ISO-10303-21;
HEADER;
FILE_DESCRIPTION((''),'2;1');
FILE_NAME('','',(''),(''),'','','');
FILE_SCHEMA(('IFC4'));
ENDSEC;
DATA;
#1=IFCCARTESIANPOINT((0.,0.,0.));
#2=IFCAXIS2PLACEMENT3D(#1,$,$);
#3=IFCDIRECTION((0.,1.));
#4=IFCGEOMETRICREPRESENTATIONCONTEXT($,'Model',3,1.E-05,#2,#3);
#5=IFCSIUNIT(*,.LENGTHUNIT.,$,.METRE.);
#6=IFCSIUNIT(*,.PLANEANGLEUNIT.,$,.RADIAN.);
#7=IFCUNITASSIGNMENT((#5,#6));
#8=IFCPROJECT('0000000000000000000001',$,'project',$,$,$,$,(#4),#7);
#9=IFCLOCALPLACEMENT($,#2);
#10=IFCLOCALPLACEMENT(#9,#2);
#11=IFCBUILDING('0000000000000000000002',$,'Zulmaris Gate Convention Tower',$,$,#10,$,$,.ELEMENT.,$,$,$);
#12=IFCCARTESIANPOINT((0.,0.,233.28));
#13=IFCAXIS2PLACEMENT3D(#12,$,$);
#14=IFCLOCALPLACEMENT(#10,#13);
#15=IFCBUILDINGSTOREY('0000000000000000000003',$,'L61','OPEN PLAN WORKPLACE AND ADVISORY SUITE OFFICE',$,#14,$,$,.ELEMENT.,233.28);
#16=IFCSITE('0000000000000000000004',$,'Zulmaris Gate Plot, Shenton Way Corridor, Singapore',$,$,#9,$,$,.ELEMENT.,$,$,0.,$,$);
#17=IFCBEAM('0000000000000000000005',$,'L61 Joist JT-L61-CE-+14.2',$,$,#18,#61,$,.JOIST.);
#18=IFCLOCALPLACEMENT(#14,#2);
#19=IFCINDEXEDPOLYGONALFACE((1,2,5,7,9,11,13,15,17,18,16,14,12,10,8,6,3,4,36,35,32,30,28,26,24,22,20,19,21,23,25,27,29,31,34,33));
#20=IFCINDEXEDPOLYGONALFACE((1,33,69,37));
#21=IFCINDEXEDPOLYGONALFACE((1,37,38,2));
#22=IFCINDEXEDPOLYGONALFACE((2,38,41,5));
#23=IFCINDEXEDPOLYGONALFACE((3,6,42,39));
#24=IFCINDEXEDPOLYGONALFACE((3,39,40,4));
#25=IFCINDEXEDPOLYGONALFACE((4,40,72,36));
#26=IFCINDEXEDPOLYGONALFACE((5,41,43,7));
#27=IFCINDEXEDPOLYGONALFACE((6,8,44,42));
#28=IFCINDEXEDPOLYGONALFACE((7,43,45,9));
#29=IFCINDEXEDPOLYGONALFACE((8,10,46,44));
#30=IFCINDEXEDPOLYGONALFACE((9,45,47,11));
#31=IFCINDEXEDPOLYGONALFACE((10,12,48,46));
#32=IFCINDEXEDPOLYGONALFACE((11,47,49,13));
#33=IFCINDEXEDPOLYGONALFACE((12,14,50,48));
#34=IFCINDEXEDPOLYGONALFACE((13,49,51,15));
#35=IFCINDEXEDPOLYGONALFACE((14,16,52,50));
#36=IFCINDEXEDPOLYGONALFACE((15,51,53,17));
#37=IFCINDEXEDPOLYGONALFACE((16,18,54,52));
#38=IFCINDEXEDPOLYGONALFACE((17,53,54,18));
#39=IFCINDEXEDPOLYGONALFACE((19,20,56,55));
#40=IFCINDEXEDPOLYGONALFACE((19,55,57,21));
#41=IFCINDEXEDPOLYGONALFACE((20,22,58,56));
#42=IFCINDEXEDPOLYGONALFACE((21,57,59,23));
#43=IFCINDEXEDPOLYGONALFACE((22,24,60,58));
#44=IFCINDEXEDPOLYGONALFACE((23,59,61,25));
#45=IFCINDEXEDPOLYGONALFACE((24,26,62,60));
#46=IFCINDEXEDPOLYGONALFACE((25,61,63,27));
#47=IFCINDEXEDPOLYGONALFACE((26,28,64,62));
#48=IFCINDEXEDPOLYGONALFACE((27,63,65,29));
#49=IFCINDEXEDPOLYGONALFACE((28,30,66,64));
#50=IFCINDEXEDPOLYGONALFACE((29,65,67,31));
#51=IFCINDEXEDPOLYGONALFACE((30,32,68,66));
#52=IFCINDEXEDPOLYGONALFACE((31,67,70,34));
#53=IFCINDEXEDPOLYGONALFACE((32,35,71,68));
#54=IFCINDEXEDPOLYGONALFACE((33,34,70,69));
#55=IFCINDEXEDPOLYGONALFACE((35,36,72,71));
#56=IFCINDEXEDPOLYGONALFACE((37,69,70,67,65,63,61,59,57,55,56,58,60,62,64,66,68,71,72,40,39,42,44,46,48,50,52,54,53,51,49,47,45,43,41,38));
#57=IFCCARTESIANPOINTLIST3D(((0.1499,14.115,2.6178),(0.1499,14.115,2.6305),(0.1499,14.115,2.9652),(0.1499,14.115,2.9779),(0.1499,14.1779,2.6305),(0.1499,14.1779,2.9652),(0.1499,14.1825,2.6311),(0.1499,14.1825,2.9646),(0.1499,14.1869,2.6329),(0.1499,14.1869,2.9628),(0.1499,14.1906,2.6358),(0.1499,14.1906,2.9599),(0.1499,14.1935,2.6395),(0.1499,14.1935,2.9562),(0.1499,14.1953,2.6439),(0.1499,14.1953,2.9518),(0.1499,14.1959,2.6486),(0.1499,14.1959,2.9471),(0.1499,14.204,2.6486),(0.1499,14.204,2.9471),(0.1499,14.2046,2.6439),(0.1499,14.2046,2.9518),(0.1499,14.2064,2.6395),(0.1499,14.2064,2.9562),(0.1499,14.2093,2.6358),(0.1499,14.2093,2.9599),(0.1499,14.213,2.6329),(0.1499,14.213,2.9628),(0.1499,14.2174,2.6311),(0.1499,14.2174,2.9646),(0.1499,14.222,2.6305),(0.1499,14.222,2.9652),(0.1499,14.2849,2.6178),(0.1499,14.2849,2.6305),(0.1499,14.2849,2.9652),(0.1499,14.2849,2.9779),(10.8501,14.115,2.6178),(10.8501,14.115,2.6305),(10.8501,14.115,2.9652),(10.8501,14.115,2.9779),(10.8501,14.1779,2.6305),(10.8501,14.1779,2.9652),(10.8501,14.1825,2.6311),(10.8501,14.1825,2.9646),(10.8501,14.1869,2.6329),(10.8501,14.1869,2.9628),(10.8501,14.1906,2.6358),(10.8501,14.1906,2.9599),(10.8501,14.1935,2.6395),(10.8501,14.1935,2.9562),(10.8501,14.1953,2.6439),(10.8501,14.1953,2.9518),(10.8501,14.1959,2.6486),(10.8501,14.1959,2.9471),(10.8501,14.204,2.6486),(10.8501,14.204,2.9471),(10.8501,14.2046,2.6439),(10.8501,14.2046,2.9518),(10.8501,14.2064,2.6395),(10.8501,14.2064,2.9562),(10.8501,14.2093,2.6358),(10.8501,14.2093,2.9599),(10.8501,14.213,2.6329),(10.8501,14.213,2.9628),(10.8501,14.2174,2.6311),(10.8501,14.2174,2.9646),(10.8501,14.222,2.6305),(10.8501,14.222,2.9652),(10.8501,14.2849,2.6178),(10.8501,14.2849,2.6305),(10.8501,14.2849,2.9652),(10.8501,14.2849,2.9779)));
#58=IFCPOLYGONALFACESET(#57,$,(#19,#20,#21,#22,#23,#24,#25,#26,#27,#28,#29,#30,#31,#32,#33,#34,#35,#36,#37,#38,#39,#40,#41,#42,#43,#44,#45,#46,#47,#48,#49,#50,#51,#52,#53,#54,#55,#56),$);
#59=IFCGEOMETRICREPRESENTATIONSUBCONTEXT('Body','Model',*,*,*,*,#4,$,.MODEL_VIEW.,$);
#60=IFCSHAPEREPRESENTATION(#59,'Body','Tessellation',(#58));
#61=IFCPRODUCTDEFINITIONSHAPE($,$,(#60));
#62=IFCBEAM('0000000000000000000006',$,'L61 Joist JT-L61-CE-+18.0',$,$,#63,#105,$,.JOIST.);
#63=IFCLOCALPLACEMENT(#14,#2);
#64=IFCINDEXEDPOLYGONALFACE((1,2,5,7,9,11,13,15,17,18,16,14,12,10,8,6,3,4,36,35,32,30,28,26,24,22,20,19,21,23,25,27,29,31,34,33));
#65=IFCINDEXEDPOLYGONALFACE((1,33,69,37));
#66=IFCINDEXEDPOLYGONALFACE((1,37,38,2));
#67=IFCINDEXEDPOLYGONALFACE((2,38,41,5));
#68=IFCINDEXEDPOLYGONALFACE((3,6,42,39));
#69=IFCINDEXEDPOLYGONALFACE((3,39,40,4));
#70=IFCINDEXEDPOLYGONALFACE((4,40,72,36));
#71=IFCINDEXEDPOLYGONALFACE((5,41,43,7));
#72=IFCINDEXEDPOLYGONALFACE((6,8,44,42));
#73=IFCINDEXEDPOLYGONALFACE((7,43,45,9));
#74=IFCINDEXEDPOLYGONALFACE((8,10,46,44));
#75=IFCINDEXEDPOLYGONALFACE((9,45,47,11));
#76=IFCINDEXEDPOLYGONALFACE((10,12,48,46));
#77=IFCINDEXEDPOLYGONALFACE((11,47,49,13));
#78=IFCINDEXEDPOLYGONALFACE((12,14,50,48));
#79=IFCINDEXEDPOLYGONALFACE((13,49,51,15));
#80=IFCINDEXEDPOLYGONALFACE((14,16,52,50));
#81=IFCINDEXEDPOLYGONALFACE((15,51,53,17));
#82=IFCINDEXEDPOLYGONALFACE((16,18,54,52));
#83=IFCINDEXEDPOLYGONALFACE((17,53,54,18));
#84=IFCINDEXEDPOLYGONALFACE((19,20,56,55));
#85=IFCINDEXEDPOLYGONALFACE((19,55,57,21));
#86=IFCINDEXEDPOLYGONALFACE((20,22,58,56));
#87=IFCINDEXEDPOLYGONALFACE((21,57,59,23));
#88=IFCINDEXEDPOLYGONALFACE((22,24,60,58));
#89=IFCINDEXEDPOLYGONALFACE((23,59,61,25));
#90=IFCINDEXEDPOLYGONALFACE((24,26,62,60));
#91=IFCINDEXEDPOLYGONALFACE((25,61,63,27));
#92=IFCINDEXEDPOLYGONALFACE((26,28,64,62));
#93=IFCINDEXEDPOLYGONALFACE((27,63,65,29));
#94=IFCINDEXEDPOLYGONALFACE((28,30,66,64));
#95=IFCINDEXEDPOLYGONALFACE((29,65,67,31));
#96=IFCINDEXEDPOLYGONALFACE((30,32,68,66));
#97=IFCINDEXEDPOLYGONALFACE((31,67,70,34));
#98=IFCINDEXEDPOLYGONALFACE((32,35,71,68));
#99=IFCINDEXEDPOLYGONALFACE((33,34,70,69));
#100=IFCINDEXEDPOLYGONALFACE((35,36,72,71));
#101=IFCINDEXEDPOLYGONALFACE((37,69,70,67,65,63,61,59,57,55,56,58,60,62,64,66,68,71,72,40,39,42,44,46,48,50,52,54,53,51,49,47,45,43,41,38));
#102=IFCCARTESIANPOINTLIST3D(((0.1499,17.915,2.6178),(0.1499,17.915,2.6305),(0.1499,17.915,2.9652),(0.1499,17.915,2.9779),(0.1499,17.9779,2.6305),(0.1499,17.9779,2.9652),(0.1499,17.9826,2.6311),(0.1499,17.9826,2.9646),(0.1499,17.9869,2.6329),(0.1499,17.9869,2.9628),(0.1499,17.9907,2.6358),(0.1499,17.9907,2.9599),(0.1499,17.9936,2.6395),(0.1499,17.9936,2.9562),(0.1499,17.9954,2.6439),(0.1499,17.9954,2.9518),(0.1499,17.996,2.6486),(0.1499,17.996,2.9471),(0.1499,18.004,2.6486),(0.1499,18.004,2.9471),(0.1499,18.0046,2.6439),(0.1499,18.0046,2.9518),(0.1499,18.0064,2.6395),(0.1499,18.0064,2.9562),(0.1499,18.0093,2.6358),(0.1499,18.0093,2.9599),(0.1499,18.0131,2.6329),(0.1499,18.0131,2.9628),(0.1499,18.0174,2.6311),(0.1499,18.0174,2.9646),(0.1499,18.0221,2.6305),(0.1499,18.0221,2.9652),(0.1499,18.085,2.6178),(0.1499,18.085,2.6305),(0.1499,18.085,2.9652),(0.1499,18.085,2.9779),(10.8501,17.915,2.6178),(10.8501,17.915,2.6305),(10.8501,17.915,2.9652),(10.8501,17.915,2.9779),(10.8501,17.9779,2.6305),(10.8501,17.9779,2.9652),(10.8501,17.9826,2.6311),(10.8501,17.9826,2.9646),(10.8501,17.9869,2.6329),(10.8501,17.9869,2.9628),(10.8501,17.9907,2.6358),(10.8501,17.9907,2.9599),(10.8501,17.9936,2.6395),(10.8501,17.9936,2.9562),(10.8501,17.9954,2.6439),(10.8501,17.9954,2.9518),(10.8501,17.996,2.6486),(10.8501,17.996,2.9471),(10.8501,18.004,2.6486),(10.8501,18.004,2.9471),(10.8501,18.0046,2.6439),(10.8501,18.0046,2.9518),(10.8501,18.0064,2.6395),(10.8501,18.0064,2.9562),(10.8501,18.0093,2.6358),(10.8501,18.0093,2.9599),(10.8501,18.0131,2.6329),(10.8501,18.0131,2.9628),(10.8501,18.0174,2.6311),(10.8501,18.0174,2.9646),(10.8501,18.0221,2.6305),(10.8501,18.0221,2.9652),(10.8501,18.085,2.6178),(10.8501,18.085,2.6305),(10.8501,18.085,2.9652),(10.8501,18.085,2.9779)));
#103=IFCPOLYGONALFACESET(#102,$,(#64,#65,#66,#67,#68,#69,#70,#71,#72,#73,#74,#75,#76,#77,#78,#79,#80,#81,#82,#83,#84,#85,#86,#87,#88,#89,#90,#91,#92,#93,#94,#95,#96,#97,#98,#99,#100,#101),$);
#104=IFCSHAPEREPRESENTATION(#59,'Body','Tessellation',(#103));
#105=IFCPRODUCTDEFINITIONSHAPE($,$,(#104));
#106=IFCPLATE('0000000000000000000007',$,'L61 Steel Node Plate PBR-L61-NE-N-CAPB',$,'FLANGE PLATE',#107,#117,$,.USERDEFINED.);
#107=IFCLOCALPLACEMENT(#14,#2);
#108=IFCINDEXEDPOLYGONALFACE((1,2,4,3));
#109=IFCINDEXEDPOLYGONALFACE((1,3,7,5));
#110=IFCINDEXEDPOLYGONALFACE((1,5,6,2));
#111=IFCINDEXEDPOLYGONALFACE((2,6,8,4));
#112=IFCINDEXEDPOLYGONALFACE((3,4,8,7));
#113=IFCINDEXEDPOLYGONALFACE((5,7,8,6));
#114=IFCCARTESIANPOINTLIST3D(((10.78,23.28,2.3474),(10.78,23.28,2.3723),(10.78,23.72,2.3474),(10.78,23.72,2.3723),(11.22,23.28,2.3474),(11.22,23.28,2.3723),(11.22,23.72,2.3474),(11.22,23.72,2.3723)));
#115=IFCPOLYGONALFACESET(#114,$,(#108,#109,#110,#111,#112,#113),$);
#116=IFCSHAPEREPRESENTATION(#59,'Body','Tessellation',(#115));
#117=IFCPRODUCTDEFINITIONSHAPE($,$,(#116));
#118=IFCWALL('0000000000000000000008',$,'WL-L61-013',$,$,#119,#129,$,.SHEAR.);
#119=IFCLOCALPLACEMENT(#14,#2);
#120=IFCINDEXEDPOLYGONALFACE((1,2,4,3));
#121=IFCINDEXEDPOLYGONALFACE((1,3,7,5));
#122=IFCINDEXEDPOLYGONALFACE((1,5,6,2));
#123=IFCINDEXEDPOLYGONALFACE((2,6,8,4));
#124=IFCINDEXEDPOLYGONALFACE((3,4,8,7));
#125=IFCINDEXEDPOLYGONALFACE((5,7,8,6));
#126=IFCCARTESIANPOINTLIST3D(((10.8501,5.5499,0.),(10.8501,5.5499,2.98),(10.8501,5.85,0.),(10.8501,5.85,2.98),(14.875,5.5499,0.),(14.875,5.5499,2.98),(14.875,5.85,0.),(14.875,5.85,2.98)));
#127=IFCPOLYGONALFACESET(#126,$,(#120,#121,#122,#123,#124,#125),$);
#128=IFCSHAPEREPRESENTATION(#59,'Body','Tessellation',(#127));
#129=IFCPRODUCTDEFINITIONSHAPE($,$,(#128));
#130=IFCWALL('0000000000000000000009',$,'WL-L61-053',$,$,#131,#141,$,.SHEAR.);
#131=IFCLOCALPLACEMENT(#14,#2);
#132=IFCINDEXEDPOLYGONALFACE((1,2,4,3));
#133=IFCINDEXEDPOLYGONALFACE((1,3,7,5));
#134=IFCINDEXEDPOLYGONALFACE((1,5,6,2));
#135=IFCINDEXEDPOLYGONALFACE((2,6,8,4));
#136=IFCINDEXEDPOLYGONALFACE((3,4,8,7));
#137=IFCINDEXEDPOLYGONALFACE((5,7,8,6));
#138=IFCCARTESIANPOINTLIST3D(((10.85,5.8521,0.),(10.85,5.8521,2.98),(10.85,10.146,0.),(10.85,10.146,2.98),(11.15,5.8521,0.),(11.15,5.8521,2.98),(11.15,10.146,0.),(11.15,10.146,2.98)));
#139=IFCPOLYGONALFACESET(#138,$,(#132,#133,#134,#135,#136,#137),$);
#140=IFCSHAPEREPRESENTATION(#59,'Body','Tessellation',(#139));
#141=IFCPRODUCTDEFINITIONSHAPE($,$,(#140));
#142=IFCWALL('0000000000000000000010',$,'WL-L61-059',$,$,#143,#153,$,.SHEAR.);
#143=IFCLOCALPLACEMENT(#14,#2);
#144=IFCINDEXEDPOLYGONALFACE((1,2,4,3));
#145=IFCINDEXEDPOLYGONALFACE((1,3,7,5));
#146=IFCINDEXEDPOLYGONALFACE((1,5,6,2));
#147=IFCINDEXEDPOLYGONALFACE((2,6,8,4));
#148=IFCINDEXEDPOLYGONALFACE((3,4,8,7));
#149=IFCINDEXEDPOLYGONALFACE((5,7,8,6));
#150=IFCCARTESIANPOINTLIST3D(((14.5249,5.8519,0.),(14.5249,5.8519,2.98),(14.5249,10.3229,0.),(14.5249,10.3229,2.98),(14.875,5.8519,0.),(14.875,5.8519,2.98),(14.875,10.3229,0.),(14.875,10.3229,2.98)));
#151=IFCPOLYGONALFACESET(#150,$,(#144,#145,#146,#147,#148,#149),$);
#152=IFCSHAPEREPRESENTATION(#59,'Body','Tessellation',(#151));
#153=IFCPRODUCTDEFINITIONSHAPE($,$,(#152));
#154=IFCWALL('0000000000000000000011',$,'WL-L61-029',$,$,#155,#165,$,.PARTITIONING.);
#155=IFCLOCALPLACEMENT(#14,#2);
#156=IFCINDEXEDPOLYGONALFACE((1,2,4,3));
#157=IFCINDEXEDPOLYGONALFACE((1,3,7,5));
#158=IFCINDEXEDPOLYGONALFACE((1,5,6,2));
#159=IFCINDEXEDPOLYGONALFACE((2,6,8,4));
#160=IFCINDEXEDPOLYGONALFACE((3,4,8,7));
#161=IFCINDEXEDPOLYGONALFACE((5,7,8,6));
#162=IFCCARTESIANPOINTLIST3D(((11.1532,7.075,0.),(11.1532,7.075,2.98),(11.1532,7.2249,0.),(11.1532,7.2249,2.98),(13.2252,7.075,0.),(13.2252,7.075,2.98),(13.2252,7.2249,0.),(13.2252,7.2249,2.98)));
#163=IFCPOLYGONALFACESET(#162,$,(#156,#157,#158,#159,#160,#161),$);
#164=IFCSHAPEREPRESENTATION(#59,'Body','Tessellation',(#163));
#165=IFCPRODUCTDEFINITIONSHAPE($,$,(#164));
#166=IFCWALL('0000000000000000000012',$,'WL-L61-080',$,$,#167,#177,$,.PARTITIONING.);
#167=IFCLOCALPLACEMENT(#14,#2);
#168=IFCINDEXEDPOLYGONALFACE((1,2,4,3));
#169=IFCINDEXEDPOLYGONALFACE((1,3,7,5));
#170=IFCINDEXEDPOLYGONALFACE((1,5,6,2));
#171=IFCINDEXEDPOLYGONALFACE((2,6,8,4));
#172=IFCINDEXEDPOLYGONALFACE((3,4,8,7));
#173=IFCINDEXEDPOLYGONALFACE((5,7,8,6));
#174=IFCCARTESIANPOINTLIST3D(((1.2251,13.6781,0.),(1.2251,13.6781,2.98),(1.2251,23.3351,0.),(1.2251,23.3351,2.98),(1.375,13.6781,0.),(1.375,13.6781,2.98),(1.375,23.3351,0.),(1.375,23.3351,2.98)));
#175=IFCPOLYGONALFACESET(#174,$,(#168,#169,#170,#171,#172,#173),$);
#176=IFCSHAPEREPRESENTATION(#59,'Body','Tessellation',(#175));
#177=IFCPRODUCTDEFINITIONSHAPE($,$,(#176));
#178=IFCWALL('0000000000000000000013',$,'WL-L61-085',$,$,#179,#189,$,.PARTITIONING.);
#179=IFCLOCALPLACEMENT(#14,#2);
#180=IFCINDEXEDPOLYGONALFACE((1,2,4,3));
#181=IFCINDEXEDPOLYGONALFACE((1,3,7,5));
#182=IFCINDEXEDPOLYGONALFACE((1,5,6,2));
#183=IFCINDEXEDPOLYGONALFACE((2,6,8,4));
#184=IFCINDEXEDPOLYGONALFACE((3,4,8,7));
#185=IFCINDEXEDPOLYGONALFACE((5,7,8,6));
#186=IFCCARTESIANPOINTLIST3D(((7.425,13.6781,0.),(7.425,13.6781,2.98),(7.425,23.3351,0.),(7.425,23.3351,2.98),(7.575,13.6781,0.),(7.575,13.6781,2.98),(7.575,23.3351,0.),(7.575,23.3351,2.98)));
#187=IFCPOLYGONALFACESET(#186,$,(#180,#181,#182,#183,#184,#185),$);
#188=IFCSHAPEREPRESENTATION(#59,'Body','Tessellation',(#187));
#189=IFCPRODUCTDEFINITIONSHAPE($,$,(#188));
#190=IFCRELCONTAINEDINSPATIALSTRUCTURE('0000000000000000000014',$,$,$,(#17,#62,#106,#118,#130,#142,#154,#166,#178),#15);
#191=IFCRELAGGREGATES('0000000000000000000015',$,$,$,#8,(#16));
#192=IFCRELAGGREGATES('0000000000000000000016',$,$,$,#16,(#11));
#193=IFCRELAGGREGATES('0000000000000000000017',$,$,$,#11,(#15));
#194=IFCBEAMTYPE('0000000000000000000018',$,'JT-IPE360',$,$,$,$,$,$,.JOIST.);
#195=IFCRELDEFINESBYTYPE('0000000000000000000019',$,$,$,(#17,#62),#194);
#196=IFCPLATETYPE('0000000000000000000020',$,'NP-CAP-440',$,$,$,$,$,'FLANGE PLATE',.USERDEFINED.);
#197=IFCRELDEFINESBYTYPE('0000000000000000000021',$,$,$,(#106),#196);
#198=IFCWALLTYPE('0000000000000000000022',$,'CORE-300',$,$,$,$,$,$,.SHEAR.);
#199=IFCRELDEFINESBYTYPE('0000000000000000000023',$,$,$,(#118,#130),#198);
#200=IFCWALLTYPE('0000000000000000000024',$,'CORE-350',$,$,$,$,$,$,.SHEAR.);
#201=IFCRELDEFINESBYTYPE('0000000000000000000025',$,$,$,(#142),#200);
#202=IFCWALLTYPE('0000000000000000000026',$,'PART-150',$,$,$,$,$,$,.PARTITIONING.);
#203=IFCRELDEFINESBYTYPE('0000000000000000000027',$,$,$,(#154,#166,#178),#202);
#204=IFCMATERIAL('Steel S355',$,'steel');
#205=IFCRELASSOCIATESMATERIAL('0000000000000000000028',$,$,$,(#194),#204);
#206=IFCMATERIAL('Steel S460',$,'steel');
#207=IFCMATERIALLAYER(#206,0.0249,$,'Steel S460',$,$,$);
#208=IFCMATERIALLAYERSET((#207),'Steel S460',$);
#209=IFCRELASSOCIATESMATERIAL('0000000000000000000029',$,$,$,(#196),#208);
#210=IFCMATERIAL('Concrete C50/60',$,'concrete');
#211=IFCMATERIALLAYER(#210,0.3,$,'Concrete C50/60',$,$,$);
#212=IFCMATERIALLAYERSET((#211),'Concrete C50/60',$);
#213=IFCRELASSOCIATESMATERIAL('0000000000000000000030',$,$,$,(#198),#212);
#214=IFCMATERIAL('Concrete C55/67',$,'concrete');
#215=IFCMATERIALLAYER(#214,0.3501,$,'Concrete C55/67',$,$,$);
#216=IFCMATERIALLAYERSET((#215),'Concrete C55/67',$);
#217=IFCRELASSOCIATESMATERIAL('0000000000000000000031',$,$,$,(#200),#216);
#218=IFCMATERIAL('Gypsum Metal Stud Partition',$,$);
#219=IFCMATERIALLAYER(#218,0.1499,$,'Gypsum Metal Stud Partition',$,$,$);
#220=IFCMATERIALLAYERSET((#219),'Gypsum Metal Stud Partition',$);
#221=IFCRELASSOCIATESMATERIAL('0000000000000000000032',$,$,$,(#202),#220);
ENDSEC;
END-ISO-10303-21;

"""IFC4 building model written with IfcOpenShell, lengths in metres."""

from ifc_helpers import new_model, si_unit, direction, frame, frame_2d, origin, origin_2d, place, context, subcontext, project, spatial, rectangle, i_section, extrude, material, layer, layer_set, material_profile, profile_set, type_object, element, save


model = new_model("IFC4")

# Units and contexts
model_context = context("Model", 3, precision=1e-05, world=origin(), true_north=direction((0.0, 1.0)))
body_context = subcontext(model_context, "Body", "Model", "MODEL_VIEW")
ifc_project = project(units=[si_unit("LENGTHUNIT", "METRE"), si_unit("PLANEANGLEUNIT", "RADIAN")], contexts=[model_context])

# Site, building, storey
site_placement = place(None, origin())
site = spatial("IfcSite", under=ifc_project, at=site_placement, Name="Zulmaris Gate Plot, Shenton Way Corridor, Singapore", CompositionType="ELEMENT", RefElevation=0.0)
building_placement = place(site_placement, origin())
building = spatial("IfcBuilding", under=site, at=building_placement, Name="Zulmaris Gate Convention Tower", CompositionType="ELEMENT")
storey_placement = place(building_placement, frame((0.0, 0.0, 233.28)))
storey = spatial("IfcBuildingStorey", under=building, at=storey_placement, Name="L61", Description="OPEN PLAN WORKPLACE AND ADVISORY SUITE OFFICE", CompositionType="ELEMENT", Elevation=233.28)

# Shared definitions
ifc_material_1 = material(Name="Concrete C50/60", Category="concrete")

# Beams
ifc_material_2 = material(Name="Steel S355", Category="steel")
ifc_material_profile_1 = material_profile(ifc_material_2, i_section(OverallWidth=0.1699, OverallDepth=0.3601, WebThickness=0.0081, FlangeThickness=0.0127, FilletRadius=0.0181, at=origin_2d()), Name="IPE 360")
ifc_profile_set_1 = profile_set([ifc_material_profile_1], Name="Steel S355")
beam_type_1 = type_object("IfcBeamType", Name="JT-IPE360", PredefinedType="JOIST", material=ifc_profile_set_1)
for number, where, z_axis, x_axis, name in (
    (1, (0.1499, 14.2, 2.7979), (1.0, 0.0, 0.0), (0.0, 1.0, 0.0), "L61 Joist JT-L61-CE-+14.2"),
    (2, (0.1499, 18.0, 2.7979), (1.0, 0.0, 0.0), (0.0, 1.0, 0.0), "L61 Joist JT-L61-CE-+18.0"),
):
    element("IfcBeam", number, at=place(storey_placement, frame(where, z_axis=z_axis, x_axis=x_axis)), inside=storey, type_object=beam_type_1, Name=name, PredefinedType="JOIST", context=body_context, shape_type="SweptSolid", body=[
        extrude(i_section(OverallWidth=0.1699, OverallDepth=0.3601, WebThickness=0.0081, FlangeThickness=0.0127, FilletRadius=0.0181, at=origin_2d()), origin(), (0.0, 0.0, 1.0), 10.7002),
    ])

# Plate
ifc_material_3 = material(Name="Steel S460", Category="steel")
ifc_layer_1 = layer(ifc_material_3, 0.0249, Name="Steel S460")
ifc_layer_set_1 = layer_set([ifc_layer_1], Name="Steel S460")
plate_type = type_object("IfcPlateType", Name="NP-CAP-440", ElementType="FLANGE PLATE", PredefinedType="USERDEFINED", material=ifc_layer_set_1)
plate_placement = place(storey_placement, frame((11.0, 23.5, 2.3474), z_axis=(0.0, 0.0, 1.0), x_axis=(1.0, 0.0, 0.0)))
element("IfcPlate", 3, at=plate_placement, inside=storey, type_object=plate_type, Name="L61 Steel Node Plate PBR-L61-NE-N-CAPB", ObjectType="FLANGE PLATE", PredefinedType="USERDEFINED", context=body_context, shape_type="SweptSolid", body=[
    extrude(rectangle(XDim=0.4399, YDim=0.4399, at=origin_2d()), origin(), (0.0, 0.0, 1.0), 0.0249),
])

# Wall
ifc_layer_2 = layer(ifc_material_1, 0.3, Name="Concrete C50/60")
ifc_layer_set_2 = layer_set([ifc_layer_2], Name="Concrete C50/60")
wall_type_1 = type_object("IfcWallType", Name="CORE-300", PredefinedType="SHEAR", material=ifc_layer_set_2)
wall_1_placement = place(storey_placement, frame((10.8501, 5.7, 0.0), z_axis=(0.0, 0.0, 1.0), x_axis=(1.0, 0.0, 0.0)))
element("IfcWall", 4, at=wall_1_placement, inside=storey, type_object=wall_type_1, Name="WL-L61-013", PredefinedType="SHEAR", context=body_context, shape_type="SweptSolid", body=[
    extrude(rectangle(XDim=4.0249, YDim=0.3, at=frame_2d((2.0125, 0.0))), origin(), (0.0, 0.0, 1.0), 2.98),
])

# Walls
wall_2_placement = place(storey_placement, frame((11.0, 5.8521, 0.0), z_axis=(0.0, 0.0, 1.0), x_axis=(0.0, 1.0, 0.0)))
element("IfcWall", 5, at=wall_2_placement, inside=storey, type_object=wall_type_1, Name="WL-L61-053", PredefinedType="SHEAR", context=body_context, shape_type="SweptSolid", body=[
    extrude(rectangle(XDim=4.2939, YDim=0.3, at=frame_2d((2.147, 0.0))), origin(), (0.0, 0.0, 1.0), 2.98),
])
ifc_material_4 = material(Name="Concrete C55/67", Category="concrete")
ifc_layer_3 = layer(ifc_material_4, 0.3501, Name="Concrete C55/67")
ifc_layer_set_3 = layer_set([ifc_layer_3], Name="Concrete C55/67")
wall_type_2 = type_object("IfcWallType", Name="CORE-350", PredefinedType="SHEAR", material=ifc_layer_set_3)
wall_3_placement = place(storey_placement, frame((14.7, 5.8521, 0.0), z_axis=(0.0, 0.0, 1.0), x_axis=(0.0, 1.0, 0.0)))
element("IfcWall", 6, at=wall_3_placement, inside=storey, type_object=wall_type_2, Name="WL-L61-059", PredefinedType="SHEAR", context=body_context, shape_type="SweptSolid", body=[
    extrude(rectangle(XDim=4.4709, YDim=0.3501, at=frame_2d((2.2354, 0.0))), origin(), (0.0, 0.0, 1.0), 2.98),
])
ifc_material_5 = material(Name="Gypsum Metal Stud Partition")
ifc_layer_4 = layer(ifc_material_5, 0.1499, Name="Gypsum Metal Stud Partition")
ifc_layer_set_4 = layer_set([ifc_layer_4], Name="Gypsum Metal Stud Partition")
wall_type_3 = type_object("IfcWallType", Name="PART-150", PredefinedType="PARTITIONING", material=ifc_layer_set_4)
wall_4_placement = place(storey_placement, frame((11.1531, 7.1499, 0.0), z_axis=(0.0, 0.0, 1.0), x_axis=(1.0, 0.0, 0.0)))
element("IfcWall", 7, at=wall_4_placement, inside=storey, type_object=wall_type_3, Name="WL-L61-029", PredefinedType="PARTITIONING", context=body_context, shape_type="SweptSolid", body=[
    extrude(rectangle(XDim=2.072, YDim=0.1499, at=frame_2d((1.0361, 0.0))), origin(), (0.0, 0.0, 1.0), 2.98),
])
for number, where, z_axis, x_axis, name in (
    (8, (1.3, 13.678, 0.0), (0.0, 0.0, 1.0), (0.0, 1.0, 0.0), "WL-L61-080"),
    (9, (7.5, 13.678, 0.0), (0.0, 0.0, 1.0), (0.0, 1.0, 0.0), "WL-L61-085"),
):
    element("IfcWall", number, at=place(storey_placement, frame(where, z_axis=z_axis, x_axis=x_axis)), inside=storey, type_object=wall_type_3, Name=name, PredefinedType="PARTITIONING", context=body_context, shape_type="SweptSolid", body=[
        extrude(rectangle(XDim=9.657, YDim=0.1499, at=frame_2d((4.8286, 0.0))), origin(), (0.0, 0.0, 1.0), 2.98),
    ])

save(model, "model.ifc")
